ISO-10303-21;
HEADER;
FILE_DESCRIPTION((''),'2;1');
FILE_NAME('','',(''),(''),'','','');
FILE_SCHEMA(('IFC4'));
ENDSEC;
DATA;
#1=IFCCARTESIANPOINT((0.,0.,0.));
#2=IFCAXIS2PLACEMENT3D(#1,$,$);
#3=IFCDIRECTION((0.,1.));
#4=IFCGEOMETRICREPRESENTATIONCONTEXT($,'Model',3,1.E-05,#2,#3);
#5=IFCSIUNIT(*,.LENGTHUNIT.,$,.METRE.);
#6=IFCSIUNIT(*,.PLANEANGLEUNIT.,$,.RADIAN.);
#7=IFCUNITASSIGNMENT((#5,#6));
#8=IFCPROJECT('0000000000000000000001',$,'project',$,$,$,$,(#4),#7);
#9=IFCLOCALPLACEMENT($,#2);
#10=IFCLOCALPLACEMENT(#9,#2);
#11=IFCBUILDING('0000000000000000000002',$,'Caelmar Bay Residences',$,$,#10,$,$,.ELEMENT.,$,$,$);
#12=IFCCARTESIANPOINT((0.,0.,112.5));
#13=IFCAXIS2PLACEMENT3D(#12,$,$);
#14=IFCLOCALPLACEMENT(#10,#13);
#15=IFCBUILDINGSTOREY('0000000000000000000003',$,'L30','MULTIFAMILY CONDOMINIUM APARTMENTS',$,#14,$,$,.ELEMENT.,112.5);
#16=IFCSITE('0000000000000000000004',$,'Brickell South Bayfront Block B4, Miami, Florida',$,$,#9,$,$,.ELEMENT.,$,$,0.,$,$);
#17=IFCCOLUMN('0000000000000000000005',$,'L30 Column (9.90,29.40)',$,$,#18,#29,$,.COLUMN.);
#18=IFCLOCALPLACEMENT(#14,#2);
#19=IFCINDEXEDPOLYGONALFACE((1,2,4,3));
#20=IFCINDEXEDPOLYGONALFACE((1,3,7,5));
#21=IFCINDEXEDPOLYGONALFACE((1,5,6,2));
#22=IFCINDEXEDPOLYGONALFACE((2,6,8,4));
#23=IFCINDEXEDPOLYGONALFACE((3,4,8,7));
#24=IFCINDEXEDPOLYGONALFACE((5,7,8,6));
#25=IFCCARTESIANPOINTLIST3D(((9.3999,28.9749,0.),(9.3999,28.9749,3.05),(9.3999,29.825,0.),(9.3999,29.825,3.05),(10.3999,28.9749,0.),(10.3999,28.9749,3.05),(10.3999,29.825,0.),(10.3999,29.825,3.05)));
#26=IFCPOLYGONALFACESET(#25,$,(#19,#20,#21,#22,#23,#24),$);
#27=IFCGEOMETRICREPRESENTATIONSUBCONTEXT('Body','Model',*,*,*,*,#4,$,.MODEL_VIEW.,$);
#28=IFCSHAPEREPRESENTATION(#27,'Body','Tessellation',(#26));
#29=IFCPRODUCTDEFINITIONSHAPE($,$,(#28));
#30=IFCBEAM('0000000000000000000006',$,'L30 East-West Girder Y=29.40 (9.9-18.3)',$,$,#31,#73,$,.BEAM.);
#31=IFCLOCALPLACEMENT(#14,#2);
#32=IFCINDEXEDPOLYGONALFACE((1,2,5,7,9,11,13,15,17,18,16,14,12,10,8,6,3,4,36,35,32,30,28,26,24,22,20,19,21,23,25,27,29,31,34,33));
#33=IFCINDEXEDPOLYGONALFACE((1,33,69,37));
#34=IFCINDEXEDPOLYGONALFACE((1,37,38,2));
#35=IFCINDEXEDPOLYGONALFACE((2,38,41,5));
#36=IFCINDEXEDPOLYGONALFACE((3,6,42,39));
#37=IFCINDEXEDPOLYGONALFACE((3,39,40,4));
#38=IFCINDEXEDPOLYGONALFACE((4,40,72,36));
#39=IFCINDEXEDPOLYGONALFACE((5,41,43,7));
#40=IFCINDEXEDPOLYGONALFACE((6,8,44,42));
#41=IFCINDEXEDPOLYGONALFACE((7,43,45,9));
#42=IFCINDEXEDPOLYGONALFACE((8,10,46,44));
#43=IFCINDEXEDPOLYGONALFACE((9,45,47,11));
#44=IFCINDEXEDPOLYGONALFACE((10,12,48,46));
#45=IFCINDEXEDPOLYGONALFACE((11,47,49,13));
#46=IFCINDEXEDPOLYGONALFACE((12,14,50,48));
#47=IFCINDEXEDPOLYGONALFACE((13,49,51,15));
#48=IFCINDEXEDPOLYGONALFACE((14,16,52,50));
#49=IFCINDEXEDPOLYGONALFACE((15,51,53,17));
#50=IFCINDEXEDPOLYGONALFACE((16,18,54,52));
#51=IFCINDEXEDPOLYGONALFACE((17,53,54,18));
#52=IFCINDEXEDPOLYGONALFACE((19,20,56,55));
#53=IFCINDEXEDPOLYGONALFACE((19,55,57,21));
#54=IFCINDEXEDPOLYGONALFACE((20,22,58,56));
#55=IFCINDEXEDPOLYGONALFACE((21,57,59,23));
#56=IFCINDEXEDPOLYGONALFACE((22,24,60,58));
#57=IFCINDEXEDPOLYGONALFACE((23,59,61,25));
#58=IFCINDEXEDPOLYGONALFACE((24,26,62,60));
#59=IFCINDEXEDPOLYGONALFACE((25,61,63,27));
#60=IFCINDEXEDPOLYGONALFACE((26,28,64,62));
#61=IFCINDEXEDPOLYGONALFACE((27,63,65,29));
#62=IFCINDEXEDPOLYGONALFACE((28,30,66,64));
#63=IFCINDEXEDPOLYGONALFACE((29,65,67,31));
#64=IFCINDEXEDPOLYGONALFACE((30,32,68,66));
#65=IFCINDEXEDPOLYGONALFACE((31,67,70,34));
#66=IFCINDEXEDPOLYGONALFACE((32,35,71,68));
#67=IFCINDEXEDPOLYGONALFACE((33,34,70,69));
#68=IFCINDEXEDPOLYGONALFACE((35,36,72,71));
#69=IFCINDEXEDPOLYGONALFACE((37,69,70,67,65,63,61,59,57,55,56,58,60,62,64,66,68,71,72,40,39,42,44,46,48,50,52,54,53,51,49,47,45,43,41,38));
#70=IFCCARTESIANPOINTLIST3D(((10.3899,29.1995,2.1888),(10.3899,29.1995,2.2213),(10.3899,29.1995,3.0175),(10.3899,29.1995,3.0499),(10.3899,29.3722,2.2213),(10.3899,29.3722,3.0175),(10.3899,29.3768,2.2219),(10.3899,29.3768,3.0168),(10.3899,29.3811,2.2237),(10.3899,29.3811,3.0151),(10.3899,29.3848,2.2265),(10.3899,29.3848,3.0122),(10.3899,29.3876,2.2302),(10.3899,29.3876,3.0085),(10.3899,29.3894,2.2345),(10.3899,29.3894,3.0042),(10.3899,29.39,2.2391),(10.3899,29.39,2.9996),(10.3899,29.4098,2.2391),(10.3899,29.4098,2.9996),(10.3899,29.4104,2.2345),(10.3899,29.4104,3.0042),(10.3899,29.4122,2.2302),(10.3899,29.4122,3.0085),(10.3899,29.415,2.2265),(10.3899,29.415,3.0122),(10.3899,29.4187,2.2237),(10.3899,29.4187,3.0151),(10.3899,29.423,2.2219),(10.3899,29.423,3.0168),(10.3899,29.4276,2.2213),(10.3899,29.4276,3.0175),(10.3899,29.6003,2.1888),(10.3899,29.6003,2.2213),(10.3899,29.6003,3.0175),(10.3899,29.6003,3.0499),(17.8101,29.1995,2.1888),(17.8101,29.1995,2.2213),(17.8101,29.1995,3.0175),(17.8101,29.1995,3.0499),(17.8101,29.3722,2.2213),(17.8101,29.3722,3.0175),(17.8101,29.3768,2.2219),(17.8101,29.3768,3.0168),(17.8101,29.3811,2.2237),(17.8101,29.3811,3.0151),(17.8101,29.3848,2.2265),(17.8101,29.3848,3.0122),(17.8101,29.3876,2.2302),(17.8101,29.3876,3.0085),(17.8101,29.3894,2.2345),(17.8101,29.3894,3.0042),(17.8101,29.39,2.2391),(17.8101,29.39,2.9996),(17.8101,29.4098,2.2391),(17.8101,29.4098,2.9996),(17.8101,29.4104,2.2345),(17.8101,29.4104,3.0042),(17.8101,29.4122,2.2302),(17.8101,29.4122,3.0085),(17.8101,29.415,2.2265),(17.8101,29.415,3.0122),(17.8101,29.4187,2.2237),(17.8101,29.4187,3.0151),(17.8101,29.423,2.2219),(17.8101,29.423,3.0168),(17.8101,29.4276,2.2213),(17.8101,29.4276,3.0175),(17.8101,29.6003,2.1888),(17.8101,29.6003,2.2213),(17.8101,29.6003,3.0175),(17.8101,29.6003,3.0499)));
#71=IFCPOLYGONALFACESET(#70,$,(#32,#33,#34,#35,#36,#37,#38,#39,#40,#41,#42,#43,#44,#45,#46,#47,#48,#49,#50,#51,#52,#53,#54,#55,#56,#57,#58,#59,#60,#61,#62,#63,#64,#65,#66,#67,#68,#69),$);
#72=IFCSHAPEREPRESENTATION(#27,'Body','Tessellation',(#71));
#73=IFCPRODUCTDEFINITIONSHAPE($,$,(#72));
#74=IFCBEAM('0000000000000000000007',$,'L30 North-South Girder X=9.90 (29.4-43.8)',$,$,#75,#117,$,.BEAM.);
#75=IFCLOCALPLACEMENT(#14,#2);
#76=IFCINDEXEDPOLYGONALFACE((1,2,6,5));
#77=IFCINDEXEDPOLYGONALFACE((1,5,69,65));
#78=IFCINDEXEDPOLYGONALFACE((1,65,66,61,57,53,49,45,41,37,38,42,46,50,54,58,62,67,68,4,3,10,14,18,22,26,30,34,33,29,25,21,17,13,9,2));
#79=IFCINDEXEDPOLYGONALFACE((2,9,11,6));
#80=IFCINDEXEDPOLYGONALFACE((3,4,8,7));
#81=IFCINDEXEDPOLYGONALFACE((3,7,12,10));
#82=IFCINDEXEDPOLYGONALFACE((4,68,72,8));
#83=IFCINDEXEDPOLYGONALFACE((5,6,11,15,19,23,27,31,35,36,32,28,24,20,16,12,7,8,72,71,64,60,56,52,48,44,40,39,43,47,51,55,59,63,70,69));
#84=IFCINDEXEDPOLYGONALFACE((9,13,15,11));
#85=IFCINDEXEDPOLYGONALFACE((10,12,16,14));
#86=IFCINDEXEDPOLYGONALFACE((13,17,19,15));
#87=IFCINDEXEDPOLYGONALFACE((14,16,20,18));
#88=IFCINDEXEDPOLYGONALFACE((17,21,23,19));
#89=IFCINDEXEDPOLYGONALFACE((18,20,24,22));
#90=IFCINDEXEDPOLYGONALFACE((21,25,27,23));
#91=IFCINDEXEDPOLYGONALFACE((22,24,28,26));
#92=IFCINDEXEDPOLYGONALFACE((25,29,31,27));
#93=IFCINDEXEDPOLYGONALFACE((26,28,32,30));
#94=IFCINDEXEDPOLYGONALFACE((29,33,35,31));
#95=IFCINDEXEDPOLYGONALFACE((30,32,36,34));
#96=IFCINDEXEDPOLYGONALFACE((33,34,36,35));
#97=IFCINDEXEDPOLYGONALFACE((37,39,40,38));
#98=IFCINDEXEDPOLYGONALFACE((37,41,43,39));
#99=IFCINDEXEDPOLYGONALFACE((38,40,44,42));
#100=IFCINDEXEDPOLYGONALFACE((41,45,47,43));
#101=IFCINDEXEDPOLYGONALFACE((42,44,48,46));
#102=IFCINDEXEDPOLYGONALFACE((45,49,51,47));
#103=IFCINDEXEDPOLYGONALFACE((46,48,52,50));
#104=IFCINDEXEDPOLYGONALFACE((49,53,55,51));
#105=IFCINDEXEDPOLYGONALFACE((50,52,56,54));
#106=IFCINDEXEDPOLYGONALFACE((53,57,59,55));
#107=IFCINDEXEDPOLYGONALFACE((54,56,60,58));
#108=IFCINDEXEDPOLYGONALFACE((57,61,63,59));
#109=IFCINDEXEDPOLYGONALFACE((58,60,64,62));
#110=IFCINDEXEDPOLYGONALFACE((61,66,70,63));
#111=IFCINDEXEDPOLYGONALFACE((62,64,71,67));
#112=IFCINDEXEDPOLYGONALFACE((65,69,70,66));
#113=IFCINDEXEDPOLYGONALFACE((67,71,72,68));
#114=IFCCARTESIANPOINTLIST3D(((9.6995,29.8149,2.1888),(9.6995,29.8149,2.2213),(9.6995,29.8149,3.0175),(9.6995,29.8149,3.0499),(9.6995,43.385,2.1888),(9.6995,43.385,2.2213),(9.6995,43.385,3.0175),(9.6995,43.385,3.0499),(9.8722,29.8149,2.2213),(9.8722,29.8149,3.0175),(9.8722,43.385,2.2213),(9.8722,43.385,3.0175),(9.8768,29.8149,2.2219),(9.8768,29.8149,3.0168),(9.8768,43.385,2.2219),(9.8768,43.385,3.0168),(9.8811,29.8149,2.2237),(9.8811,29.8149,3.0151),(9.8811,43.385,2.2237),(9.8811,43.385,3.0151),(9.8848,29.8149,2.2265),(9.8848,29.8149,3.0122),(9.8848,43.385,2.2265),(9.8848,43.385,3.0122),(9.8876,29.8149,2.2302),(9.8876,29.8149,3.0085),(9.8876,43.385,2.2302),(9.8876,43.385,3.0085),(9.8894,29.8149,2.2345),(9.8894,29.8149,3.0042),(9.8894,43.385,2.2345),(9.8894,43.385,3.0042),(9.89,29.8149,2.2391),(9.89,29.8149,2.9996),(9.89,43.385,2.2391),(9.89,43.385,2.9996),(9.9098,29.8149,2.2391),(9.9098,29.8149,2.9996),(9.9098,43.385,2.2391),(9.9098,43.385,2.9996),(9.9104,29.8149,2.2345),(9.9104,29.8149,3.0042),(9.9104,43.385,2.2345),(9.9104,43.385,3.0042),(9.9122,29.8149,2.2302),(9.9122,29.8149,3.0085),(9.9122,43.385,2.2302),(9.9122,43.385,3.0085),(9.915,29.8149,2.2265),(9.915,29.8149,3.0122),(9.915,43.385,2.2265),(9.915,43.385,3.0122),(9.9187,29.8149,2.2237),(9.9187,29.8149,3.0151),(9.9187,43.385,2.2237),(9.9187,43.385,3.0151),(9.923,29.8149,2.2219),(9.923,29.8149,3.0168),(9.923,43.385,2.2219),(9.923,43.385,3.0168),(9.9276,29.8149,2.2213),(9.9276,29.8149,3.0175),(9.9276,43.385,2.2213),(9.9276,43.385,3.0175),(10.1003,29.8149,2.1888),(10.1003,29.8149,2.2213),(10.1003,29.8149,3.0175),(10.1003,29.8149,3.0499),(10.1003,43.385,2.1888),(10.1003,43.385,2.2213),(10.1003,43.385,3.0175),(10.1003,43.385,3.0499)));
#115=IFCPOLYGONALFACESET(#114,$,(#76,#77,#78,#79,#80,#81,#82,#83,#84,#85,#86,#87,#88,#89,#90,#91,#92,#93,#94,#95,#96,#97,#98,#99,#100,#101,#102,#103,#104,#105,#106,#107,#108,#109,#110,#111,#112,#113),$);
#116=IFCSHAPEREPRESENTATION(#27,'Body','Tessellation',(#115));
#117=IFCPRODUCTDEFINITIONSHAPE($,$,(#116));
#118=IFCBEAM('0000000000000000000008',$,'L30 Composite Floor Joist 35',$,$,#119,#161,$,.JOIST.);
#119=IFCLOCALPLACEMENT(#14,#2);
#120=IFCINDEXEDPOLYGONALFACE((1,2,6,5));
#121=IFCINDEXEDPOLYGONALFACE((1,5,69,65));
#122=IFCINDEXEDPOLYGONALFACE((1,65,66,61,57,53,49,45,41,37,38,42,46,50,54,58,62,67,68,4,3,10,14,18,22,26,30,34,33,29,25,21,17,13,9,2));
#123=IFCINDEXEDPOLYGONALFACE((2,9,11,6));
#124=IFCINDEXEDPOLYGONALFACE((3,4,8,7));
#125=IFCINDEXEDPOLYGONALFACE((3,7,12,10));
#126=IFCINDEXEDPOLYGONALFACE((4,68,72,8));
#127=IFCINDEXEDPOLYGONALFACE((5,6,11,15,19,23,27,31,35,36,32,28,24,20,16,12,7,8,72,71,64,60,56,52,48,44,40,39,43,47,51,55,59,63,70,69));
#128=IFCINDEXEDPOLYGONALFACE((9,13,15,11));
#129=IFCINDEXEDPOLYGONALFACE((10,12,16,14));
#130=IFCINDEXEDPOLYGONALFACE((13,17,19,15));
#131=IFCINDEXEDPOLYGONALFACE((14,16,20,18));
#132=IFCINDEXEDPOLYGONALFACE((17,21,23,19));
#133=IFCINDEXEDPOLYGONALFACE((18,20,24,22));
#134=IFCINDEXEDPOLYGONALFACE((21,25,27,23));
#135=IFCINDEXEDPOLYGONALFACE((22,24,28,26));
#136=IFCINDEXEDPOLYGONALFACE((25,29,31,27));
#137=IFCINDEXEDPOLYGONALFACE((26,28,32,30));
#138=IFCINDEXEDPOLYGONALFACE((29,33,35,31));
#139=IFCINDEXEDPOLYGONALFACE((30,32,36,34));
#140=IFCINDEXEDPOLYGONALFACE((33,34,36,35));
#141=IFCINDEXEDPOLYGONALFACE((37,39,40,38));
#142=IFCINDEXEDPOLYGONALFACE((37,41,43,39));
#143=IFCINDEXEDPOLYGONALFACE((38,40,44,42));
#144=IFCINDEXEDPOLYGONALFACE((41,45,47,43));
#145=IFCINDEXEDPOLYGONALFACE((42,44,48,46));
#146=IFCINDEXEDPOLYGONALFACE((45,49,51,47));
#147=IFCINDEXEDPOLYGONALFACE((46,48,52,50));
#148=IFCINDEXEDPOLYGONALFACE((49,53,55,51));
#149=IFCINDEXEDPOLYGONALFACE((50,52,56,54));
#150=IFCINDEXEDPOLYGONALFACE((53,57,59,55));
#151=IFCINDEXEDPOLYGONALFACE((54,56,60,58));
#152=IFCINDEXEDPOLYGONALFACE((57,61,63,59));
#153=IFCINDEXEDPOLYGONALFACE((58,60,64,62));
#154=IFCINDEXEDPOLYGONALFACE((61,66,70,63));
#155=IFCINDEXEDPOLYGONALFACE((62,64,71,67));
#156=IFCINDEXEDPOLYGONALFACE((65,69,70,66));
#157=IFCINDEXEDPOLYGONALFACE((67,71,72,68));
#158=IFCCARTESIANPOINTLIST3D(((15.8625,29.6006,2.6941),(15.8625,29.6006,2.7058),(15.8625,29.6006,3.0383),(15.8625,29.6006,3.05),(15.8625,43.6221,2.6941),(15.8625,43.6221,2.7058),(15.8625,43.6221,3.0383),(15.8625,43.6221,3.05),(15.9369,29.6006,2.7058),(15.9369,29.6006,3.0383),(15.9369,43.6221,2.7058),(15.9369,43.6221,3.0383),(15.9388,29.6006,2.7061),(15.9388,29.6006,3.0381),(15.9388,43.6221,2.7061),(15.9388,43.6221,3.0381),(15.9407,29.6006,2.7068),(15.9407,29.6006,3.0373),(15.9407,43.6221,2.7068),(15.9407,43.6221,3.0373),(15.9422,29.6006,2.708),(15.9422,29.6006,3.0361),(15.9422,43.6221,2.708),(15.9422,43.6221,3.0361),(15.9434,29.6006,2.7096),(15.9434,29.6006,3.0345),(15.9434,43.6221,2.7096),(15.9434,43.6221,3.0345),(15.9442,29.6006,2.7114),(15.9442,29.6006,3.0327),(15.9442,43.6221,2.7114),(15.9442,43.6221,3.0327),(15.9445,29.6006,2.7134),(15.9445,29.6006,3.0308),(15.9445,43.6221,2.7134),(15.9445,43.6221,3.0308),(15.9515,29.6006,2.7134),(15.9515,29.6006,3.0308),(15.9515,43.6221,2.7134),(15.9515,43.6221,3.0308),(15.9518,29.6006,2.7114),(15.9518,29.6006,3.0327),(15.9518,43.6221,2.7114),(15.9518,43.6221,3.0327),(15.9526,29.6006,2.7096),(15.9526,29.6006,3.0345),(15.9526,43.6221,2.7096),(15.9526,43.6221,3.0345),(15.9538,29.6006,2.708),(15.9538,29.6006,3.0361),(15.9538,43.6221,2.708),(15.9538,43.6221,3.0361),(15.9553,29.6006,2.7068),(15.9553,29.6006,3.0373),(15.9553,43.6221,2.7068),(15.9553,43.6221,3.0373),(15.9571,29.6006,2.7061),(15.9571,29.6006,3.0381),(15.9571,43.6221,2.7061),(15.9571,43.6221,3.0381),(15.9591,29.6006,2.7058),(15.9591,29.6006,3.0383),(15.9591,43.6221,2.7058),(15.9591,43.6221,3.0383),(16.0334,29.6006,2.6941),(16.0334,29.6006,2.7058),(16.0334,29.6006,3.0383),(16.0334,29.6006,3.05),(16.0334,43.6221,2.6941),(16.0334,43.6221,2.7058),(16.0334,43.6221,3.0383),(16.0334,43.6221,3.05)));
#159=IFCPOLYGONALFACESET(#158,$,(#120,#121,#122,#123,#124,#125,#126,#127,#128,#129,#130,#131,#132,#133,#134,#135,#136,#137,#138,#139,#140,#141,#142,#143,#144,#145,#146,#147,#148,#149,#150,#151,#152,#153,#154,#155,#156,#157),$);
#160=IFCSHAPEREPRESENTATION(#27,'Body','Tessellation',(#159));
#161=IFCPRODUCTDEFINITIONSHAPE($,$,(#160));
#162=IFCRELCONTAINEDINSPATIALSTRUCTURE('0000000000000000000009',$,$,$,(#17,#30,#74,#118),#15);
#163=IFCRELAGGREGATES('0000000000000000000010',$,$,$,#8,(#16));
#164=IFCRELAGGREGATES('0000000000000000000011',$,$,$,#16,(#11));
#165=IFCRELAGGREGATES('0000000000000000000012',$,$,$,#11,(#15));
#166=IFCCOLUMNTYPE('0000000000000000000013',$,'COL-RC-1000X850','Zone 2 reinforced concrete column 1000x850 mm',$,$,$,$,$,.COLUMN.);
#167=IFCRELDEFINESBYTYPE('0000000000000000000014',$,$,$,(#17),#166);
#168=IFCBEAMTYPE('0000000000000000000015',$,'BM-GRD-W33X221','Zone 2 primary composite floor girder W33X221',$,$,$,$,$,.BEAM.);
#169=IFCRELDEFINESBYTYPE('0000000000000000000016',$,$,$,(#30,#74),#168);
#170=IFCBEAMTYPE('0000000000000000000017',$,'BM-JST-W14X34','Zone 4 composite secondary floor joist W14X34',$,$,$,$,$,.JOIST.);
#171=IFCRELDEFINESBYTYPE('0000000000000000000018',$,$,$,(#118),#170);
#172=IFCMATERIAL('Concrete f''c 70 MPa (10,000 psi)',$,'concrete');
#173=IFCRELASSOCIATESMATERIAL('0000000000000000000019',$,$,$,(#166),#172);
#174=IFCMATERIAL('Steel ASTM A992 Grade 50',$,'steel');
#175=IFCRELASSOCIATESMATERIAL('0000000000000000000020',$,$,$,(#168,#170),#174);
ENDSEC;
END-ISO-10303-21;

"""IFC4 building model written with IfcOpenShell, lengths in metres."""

from ifc_helpers import new_model, si_unit, direction, frame, origin, origin_2d, place, context, subcontext, project, spatial, rectangle, i_section, extrude, material, material_profile, profile_set, type_object, element, save


model = new_model("IFC4")

# Units and contexts
model_context = context("Model", 3, precision=1e-05, world=origin(), true_north=direction((0.0, 1.0)))
body_context = subcontext(model_context, "Body", "Model", "MODEL_VIEW")
ifc_project = project(units=[si_unit("LENGTHUNIT", "METRE"), si_unit("PLANEANGLEUNIT", "RADIAN")], contexts=[model_context])

# Site, building, storey
site_placement = place(None, origin())
site = spatial("IfcSite", under=ifc_project, at=site_placement, Name="Brickell South Bayfront Block B4, Miami, Florida", CompositionType="ELEMENT", RefElevation=0.0)
building_placement = place(site_placement, origin())
building = spatial("IfcBuilding", under=site, at=building_placement, Name="Caelmar Bay Residences", CompositionType="ELEMENT")
storey_placement = place(building_placement, frame((0.0, 0.0, 112.5)))
storey = spatial("IfcBuildingStorey", under=building, at=storey_placement, Name="L30", Description="MULTIFAMILY CONDOMINIUM APARTMENTS", CompositionType="ELEMENT", Elevation=112.5)

# Column
ifc_material_1 = material(Name="Concrete f'c 70 MPa (10,000 psi)", Category="concrete")
ifc_material_profile_1 = material_profile(ifc_material_1, rectangle(XDim=1.0, YDim=0.8501, at=origin_2d()), Name="RC-COL-1000X850")
ifc_profile_set_1 = profile_set([ifc_material_profile_1], Name="Concrete f'c 70 MPa (10,000 psi)")
column_type = type_object("IfcColumnType", Name="COL-RC-1000X850", Description="Zone 2 reinforced concrete column 1000x850 mm", PredefinedType="COLUMN", material=ifc_profile_set_1)
column_placement = place(storey_placement, frame((9.8999, 29.3999, 0.0), z_axis=(0.0, 0.0, 1.0), x_axis=(1.0, 0.0, 0.0)))
element("IfcColumn", 1, at=column_placement, inside=storey, type_object=column_type, Name="L30 Column (9.90,29.40)", PredefinedType="COLUMN", context=body_context, shape_type="SweptSolid", body=[
    extrude(rectangle(XDim=1.0, YDim=0.8501, at=origin_2d()), origin(), (0.0, 0.0, 1.0), 3.05),
])

# Beams
ifc_material_2 = material(Name="Steel ASTM A992 Grade 50", Category="steel")
ifc_material_profile_2 = material_profile(ifc_material_2, i_section(OverallWidth=0.4009, OverallDepth=0.8611, WebThickness=0.0198, FlangeThickness=0.0325, FilletRadius=0.0178, at=origin_2d()), Name="W33X221")
ifc_profile_set_2 = profile_set([ifc_material_profile_2], Name="Steel ASTM A992 Grade 50")
beam_type_1 = type_object("IfcBeamType", Name="BM-GRD-W33X221", Description="Zone 2 primary composite floor girder W33X221", PredefinedType="BEAM", material=ifc_profile_set_2)
beam_1_placement = place(storey_placement, frame((10.3899, 29.3999, 2.6194), z_axis=(1.0, 0.0, 0.0), x_axis=(0.0, 1.0, 0.0)))
element("IfcBeam", 2, at=beam_1_placement, inside=storey, type_object=beam_type_1, Name="L30 East-West Girder Y=29.40 (9.9-18.3)", PredefinedType="BEAM", context=body_context, shape_type="SweptSolid", body=[
    extrude(i_section(OverallWidth=0.4009, OverallDepth=0.8611, WebThickness=0.0198, FlangeThickness=0.0325, FilletRadius=0.0178, at=origin_2d()), origin(), (0.0, 0.0, 1.0), 7.4202),
])
beam_2_placement = place(storey_placement, frame((9.8999, 29.8149, 2.6194), z_axis=(0.0, 1.0, 0.0), x_axis=(-1.0, 0.0, 0.0)))
element("IfcBeam", 3, at=beam_2_placement, inside=storey, type_object=beam_type_1, Name="L30 North-South Girder X=9.90 (29.4-43.8)", PredefinedType="BEAM", context=body_context, shape_type="SweptSolid", body=[
    extrude(i_section(OverallWidth=0.4009, OverallDepth=0.8611, WebThickness=0.0198, FlangeThickness=0.0325, FilletRadius=0.0178, at=origin_2d()), origin(), (0.0, 0.0, 1.0), 13.5701),
])
ifc_material_profile_3 = material_profile(ifc_material_2, i_section(OverallWidth=0.1709, OverallDepth=0.356, WebThickness=0.0071, FlangeThickness=0.0117, FilletRadius=0.0076, at=origin_2d()), Name="W14X34")
ifc_profile_set_3 = profile_set([ifc_material_profile_3], Name="Steel ASTM A992 Grade 50")
beam_type_2 = type_object("IfcBeamType", Name="BM-JST-W14X34", Description="Zone 4 composite secondary floor joist W14X34", PredefinedType="JOIST", material=ifc_profile_set_3)
beam_3_placement = place(storey_placement, frame((15.948, 29.6006, 2.8721), z_axis=(0.0, 1.0, 0.0), x_axis=(-1.0, 0.0, 0.0)))
element("IfcBeam", 4, at=beam_3_placement, inside=storey, type_object=beam_type_2, Name="L30 Composite Floor Joist 35", PredefinedType="JOIST", context=body_context, shape_type="SweptSolid", body=[
    extrude(i_section(OverallWidth=0.1709, OverallDepth=0.356, WebThickness=0.0071, FlangeThickness=0.0117, FilletRadius=0.0076, at=origin_2d()), origin(), (0.0, 0.0, 1.0), 14.0215),
])

save(model, "model.ifc")
